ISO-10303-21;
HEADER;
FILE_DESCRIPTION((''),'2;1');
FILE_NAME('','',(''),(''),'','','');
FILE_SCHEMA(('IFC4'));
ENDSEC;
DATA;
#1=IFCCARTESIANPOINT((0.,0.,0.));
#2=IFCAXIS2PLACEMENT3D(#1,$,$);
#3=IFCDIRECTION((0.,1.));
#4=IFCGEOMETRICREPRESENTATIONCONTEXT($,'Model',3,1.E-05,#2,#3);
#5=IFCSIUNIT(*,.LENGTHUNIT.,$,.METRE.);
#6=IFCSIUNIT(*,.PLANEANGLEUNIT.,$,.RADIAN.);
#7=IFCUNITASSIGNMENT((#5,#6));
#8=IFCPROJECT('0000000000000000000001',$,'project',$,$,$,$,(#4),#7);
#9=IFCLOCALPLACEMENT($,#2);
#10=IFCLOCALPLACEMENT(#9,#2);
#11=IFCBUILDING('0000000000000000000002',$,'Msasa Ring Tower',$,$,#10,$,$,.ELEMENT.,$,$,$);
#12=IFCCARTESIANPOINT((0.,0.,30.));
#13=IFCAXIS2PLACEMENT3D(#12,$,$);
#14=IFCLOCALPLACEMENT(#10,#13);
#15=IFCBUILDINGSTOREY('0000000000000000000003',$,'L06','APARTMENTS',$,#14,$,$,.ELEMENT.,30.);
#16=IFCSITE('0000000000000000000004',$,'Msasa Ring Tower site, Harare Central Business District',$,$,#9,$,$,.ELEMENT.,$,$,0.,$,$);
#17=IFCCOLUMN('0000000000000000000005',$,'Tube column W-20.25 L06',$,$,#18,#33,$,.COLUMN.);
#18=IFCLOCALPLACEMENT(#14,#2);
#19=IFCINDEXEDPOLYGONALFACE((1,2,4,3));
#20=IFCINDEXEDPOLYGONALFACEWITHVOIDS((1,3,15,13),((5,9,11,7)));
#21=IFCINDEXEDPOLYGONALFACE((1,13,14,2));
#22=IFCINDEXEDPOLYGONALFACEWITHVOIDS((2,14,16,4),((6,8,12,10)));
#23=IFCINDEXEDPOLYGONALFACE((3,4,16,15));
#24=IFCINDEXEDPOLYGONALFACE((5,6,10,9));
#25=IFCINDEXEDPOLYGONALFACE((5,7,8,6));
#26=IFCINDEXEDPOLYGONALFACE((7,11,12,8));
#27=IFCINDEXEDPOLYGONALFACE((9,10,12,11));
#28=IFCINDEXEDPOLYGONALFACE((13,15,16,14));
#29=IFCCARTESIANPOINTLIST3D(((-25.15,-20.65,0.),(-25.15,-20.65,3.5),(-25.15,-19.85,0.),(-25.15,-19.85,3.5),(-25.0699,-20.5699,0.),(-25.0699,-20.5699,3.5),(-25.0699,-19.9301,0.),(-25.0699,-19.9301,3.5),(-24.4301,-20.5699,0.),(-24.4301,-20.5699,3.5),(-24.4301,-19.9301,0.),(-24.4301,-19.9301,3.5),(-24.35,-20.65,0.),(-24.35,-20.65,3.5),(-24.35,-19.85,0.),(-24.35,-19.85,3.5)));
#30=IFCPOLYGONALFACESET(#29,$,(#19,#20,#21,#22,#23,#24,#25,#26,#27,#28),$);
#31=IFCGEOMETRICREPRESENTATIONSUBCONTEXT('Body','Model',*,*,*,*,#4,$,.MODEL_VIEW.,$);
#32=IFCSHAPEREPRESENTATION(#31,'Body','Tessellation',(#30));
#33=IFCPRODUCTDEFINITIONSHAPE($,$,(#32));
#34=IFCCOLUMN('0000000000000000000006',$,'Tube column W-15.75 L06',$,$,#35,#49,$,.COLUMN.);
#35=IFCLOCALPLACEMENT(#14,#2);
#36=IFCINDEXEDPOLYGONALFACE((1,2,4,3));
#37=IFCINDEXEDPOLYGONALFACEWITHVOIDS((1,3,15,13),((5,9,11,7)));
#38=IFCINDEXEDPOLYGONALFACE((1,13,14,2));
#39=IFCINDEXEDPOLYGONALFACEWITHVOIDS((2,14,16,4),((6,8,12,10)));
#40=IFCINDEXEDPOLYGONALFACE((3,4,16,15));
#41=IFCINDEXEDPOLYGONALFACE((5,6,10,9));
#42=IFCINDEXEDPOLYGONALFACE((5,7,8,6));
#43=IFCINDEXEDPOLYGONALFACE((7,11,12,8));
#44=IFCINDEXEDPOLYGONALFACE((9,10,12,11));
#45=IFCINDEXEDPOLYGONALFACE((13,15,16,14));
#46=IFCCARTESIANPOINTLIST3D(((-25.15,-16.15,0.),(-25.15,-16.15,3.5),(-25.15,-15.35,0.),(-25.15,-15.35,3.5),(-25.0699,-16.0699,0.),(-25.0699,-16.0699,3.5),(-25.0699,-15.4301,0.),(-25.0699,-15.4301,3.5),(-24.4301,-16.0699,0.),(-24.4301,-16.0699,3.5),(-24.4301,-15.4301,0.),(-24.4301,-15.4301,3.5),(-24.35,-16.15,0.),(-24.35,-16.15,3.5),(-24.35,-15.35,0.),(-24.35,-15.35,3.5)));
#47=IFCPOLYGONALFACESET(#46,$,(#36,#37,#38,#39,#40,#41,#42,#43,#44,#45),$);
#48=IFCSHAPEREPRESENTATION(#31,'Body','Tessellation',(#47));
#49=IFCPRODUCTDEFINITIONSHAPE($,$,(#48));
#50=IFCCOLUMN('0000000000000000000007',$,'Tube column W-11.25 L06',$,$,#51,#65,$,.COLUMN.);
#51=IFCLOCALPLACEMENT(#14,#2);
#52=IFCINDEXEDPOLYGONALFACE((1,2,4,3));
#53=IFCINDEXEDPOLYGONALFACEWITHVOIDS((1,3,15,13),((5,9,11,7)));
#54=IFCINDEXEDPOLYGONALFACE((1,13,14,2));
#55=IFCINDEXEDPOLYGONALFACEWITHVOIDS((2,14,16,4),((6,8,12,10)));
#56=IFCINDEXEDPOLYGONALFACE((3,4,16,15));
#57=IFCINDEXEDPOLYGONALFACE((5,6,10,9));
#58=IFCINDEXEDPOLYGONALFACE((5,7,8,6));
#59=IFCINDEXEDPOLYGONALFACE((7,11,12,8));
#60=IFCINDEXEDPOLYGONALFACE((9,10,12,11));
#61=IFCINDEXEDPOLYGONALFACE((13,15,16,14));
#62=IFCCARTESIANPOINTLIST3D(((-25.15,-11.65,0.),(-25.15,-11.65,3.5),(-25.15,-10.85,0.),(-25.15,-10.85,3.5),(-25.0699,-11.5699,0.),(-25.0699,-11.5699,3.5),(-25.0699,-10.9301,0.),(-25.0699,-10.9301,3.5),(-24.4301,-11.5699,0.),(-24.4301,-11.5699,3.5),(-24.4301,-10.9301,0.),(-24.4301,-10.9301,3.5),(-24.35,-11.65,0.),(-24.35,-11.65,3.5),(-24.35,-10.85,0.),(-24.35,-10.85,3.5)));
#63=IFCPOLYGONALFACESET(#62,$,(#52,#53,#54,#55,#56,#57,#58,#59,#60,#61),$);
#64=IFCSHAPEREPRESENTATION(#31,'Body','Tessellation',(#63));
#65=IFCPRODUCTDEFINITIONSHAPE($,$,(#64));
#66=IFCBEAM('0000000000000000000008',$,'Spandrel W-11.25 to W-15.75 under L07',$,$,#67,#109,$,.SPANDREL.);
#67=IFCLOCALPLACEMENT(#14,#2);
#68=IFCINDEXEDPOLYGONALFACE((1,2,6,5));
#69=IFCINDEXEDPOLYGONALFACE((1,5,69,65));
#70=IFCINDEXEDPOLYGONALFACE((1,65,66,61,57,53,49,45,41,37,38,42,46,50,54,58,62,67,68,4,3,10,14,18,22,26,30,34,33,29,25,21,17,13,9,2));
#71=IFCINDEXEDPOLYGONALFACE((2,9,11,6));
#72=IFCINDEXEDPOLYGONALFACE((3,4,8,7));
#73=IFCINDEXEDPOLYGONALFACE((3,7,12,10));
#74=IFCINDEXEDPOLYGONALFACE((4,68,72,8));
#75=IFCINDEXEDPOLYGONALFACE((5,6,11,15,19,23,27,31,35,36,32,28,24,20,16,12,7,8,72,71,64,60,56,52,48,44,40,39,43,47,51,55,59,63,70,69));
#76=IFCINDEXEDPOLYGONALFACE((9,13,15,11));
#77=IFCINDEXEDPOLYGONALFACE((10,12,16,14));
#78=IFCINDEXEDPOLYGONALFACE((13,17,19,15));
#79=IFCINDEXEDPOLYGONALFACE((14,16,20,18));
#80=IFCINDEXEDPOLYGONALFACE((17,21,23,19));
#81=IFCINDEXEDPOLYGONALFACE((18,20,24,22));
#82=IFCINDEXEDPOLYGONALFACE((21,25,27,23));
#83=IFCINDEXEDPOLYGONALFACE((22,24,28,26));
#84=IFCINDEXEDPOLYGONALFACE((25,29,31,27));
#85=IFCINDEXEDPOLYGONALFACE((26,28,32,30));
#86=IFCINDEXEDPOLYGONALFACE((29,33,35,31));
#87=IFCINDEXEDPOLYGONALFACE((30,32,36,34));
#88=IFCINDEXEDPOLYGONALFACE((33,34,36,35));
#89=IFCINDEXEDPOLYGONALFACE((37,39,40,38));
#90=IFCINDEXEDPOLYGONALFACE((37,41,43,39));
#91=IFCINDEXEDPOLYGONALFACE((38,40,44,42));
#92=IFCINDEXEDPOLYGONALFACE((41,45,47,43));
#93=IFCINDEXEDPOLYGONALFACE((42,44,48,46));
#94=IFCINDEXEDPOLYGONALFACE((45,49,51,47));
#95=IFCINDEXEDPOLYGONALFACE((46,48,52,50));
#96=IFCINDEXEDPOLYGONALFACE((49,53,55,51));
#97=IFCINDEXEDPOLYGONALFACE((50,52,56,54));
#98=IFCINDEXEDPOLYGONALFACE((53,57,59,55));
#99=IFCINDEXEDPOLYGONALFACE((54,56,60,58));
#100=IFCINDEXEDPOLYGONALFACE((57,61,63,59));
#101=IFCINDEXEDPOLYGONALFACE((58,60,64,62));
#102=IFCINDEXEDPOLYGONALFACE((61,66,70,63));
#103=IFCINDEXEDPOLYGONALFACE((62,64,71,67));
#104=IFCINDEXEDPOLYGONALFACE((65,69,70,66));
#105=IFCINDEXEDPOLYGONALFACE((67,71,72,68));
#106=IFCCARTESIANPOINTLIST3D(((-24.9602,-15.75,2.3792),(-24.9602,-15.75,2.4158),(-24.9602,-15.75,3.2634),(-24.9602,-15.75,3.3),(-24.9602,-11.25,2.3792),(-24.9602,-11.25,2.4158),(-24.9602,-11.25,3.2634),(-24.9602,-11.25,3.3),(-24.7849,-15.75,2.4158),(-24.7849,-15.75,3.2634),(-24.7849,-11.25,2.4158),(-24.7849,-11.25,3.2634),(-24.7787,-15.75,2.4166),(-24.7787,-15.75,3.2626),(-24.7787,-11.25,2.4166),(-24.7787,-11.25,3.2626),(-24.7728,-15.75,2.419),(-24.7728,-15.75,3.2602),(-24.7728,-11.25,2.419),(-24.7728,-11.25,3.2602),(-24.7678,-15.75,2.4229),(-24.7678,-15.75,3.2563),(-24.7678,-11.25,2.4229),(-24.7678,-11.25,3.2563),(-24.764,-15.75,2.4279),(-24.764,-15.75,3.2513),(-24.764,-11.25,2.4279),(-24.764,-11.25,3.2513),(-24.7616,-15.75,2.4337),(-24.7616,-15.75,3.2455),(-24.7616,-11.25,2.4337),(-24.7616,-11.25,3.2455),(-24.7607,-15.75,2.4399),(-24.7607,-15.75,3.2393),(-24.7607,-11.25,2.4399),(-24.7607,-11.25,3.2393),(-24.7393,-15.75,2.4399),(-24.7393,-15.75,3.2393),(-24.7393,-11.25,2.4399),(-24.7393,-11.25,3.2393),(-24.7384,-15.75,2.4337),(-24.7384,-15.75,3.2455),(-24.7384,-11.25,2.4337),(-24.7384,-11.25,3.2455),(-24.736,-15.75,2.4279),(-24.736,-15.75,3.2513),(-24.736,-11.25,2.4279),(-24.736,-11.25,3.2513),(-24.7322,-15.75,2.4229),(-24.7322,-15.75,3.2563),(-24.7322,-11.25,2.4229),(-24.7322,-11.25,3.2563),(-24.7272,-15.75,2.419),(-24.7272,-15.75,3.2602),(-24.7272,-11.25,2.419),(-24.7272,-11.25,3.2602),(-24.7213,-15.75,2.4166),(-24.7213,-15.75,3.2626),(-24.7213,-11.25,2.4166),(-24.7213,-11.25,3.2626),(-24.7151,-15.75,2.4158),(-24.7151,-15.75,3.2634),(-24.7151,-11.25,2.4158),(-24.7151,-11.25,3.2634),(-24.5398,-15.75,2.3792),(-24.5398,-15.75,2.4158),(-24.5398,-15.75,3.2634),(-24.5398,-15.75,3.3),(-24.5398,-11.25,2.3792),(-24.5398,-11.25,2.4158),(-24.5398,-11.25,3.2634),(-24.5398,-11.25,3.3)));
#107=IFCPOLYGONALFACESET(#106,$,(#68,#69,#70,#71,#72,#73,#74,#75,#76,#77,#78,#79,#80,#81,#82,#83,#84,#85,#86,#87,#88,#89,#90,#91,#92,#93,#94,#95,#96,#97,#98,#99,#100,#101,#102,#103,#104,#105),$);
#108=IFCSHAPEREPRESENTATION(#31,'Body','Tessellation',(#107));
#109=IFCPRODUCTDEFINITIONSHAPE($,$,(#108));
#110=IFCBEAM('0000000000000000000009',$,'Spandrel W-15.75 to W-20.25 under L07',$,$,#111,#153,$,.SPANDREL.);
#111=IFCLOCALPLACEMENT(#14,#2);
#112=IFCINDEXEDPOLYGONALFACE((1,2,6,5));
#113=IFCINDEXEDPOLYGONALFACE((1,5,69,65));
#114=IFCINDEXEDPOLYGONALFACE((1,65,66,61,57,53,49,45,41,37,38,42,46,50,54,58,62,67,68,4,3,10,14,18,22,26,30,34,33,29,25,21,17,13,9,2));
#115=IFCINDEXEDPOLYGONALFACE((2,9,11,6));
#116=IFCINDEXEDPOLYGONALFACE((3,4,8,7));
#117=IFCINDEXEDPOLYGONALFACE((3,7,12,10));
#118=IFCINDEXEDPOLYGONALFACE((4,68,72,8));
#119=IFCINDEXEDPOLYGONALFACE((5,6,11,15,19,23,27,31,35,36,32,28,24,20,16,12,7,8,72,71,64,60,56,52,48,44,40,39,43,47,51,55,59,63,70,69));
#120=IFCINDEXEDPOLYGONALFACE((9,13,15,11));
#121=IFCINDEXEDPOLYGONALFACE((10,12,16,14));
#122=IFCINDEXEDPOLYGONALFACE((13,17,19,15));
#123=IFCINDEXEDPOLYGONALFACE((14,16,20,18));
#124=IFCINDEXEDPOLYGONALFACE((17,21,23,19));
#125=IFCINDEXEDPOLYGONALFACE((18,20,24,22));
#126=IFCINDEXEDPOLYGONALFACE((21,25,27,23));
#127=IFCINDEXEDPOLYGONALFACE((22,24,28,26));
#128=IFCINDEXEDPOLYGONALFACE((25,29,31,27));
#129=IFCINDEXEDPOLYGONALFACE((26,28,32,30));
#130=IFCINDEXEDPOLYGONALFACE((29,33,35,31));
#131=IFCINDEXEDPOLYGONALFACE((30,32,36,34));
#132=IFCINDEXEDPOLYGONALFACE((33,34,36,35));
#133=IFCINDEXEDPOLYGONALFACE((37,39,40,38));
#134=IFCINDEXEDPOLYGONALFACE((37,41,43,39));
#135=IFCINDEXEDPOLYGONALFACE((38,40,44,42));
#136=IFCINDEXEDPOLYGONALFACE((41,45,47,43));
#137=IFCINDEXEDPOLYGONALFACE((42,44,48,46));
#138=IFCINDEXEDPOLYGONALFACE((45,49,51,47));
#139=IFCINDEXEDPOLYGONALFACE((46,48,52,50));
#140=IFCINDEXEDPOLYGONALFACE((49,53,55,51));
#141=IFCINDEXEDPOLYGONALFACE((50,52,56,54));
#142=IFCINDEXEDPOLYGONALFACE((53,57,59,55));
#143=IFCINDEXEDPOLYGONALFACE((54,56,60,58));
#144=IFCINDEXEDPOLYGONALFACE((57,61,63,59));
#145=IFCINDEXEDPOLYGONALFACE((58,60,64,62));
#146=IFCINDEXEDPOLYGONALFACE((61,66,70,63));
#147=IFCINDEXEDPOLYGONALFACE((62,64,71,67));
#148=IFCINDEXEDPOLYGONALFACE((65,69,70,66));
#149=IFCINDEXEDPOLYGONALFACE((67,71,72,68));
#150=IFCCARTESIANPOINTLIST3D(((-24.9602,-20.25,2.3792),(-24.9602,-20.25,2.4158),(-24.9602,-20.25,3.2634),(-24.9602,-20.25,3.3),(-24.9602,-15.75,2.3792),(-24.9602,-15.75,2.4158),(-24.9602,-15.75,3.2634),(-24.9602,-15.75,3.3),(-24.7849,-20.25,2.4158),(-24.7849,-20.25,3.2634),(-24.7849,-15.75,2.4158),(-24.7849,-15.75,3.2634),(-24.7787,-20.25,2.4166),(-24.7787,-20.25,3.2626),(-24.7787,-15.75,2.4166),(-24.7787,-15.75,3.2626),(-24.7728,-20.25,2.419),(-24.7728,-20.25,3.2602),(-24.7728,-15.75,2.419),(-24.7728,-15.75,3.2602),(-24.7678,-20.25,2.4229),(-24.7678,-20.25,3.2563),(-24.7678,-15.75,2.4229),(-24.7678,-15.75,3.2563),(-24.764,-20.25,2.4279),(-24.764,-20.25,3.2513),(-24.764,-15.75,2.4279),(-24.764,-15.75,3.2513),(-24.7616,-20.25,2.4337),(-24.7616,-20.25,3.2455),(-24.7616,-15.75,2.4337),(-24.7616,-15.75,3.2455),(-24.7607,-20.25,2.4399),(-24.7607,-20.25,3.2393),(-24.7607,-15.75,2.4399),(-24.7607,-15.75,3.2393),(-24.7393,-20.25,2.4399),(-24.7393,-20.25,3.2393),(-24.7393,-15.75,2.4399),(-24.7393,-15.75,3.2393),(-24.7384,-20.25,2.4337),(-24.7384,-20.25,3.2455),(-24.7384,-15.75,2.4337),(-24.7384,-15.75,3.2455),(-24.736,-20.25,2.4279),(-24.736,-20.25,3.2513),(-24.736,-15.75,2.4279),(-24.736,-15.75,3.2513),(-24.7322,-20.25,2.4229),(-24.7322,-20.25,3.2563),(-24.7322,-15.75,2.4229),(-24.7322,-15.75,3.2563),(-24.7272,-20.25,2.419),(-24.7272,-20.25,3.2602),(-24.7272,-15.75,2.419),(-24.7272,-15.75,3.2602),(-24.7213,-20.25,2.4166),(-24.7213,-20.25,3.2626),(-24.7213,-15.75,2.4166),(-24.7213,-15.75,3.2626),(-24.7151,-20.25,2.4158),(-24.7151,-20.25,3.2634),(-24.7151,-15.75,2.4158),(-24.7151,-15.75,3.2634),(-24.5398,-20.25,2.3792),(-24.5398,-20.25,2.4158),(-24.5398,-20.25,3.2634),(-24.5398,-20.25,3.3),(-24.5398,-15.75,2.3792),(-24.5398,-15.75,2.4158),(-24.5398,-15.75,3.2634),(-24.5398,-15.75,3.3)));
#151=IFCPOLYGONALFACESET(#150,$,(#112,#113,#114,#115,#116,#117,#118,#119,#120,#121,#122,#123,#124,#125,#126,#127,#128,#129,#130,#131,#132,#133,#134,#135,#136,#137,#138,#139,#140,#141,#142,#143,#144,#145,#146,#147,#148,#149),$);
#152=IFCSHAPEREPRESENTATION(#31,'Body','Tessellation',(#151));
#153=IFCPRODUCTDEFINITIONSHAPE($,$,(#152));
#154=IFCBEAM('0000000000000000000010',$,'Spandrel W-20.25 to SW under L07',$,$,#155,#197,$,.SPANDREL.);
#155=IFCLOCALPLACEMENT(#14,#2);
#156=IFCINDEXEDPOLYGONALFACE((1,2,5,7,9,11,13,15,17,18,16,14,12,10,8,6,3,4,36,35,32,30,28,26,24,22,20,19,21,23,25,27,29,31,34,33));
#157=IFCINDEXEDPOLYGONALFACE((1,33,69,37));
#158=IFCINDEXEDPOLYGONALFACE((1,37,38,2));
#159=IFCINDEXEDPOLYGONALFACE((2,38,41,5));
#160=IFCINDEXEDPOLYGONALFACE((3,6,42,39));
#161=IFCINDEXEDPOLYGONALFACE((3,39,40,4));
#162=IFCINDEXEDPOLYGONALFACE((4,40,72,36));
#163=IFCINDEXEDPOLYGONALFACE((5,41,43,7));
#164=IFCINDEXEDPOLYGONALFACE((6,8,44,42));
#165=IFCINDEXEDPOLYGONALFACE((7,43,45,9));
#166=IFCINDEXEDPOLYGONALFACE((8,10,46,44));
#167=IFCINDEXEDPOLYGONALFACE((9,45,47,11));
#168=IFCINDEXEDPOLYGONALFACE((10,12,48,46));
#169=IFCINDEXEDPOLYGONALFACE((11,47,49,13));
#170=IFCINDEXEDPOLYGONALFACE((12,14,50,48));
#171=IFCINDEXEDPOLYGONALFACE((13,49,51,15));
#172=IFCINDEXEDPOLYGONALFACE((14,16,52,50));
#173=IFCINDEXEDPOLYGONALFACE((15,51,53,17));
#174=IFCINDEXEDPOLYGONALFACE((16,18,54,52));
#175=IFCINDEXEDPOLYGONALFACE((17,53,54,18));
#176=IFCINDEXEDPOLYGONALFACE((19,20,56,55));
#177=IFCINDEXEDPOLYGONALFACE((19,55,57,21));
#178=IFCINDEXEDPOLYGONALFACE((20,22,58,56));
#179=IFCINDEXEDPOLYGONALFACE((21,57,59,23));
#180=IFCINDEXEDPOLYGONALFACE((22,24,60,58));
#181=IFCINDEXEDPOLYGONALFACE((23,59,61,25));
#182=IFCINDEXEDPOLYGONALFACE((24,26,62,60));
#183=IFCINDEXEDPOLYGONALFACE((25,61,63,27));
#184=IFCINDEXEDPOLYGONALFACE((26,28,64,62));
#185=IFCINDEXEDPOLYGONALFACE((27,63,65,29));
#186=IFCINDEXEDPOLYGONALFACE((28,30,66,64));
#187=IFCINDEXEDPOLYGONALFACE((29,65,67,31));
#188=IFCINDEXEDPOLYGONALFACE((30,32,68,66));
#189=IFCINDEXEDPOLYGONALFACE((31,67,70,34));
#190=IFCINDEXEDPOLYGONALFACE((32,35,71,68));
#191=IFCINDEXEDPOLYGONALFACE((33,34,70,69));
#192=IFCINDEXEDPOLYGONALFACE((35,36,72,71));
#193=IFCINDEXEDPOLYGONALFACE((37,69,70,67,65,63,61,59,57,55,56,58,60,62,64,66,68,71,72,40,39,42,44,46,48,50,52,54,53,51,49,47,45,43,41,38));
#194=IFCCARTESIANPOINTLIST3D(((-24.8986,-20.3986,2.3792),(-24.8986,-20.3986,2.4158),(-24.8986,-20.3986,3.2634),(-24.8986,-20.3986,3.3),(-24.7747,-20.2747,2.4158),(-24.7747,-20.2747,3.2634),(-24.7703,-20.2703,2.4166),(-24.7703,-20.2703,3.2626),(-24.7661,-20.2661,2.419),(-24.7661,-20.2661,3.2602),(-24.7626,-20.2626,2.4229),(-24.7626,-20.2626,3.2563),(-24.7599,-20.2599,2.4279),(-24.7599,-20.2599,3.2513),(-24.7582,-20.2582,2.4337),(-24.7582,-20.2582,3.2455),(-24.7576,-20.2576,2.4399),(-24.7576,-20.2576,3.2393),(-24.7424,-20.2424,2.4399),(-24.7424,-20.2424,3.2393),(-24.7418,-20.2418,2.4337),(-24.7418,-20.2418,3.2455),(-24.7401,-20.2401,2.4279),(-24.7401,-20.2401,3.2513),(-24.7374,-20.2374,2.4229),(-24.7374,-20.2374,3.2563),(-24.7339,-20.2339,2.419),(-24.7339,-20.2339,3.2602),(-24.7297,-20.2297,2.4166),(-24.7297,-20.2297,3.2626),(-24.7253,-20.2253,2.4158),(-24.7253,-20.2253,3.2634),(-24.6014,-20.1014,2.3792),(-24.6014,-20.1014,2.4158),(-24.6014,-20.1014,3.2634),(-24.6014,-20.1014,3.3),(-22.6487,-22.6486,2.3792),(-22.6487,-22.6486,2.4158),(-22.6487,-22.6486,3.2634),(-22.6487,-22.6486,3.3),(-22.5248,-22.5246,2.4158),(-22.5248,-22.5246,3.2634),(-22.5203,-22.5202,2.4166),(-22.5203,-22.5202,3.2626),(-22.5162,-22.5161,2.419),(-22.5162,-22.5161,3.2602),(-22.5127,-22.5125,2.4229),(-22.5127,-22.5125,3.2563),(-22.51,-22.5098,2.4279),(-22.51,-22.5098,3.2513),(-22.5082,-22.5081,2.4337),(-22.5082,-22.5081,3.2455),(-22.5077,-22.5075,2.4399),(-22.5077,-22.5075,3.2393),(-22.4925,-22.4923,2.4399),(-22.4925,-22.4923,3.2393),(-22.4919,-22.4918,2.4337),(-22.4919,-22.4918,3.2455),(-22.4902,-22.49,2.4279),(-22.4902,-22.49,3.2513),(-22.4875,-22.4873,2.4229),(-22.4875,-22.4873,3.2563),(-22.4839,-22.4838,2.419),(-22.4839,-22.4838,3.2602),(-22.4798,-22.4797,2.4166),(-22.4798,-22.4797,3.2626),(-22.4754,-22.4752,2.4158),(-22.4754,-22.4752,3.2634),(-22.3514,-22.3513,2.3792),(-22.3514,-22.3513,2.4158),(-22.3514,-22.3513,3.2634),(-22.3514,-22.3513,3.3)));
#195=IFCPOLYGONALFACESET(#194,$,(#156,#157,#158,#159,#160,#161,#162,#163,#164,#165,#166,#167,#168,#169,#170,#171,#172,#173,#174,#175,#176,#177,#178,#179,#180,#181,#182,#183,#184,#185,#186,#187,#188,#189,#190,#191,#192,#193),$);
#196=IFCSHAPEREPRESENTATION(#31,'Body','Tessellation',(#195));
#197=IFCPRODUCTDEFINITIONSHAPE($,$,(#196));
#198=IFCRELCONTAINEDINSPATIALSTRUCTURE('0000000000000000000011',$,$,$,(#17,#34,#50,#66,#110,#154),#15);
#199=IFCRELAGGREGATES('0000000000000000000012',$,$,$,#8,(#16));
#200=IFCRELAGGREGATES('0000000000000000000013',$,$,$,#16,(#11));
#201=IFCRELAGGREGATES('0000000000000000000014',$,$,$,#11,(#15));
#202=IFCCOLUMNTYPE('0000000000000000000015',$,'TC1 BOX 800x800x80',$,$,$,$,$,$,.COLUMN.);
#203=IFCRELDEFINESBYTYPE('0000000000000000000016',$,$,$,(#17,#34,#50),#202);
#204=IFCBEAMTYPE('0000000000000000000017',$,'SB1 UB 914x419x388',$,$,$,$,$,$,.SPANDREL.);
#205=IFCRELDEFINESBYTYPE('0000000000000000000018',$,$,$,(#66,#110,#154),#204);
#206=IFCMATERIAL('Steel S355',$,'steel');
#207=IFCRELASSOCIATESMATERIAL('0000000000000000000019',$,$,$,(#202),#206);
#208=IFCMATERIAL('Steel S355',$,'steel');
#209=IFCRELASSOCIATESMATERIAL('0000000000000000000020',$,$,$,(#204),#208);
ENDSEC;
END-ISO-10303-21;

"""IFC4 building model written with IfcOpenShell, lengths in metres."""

from ifc_helpers import new_model, si_unit, direction, frame, origin, origin_2d, place, context, subcontext, project, spatial, hollow_rectangle, i_section, extrude, material, material_profile, profile_set, type_object, element, save


model = new_model("IFC4")

# Units and contexts
model_context = context("Model", 3, precision=1e-05, world=origin(), true_north=direction((0.0, 1.0)))
body_context = subcontext(model_context, "Body", "Model", "MODEL_VIEW")
ifc_project = project(units=[si_unit("LENGTHUNIT", "METRE"), si_unit("PLANEANGLEUNIT", "RADIAN")], contexts=[model_context])

# Site, building, storey
site_placement = place(None, origin())
site = spatial("IfcSite", under=ifc_project, at=site_placement, Name="Msasa Ring Tower site, Harare Central Business District", CompositionType="ELEMENT", RefElevation=0.0)
building_placement = place(site_placement, origin())
building = spatial("IfcBuilding", under=site, at=building_placement, Name="Msasa Ring Tower", CompositionType="ELEMENT")
storey_placement = place(building_placement, frame((0.0, 0.0, 30.0)))
storey = spatial("IfcBuildingStorey", under=building, at=storey_placement, Name="L06", Description="APARTMENTS", CompositionType="ELEMENT", Elevation=30.0)

# Columns
ifc_material_1 = material(Name="Steel S355", Category="steel")
ifc_material_profile_1 = material_profile(ifc_material_1, hollow_rectangle(XDim=0.8, YDim=0.8, WallThickness=0.0801, at=origin_2d()), Name="BOX 800x800x80")
ifc_profile_set_1 = profile_set([ifc_material_profile_1], Name="Steel S355")
column_type = type_object("IfcColumnType", Name="TC1 BOX 800x800x80", PredefinedType="COLUMN", material=ifc_profile_set_1)
for number, where, z_axis, x_axis, name in (
    (1, (-24.75, -20.25, 0.0), (0.0, 0.0, 1.0), (1.0, 0.0, 0.0), "Tube column W-20.25 L06"),
    (2, (-24.75, -15.75, 0.0), (0.0, 0.0, 1.0), (1.0, 0.0, 0.0), "Tube column W-15.75 L06"),
    (3, (-24.75, -11.25, 0.0), (0.0, 0.0, 1.0), (1.0, 0.0, 0.0), "Tube column W-11.25 L06"),
):
    element("IfcColumn", number, at=place(storey_placement, frame(where, z_axis=z_axis, x_axis=x_axis)), inside=storey, type_object=column_type, Name=name, PredefinedType="COLUMN", context=body_context, shape_type="SweptSolid", body=[
        extrude(hollow_rectangle(XDim=0.8, YDim=0.8, WallThickness=0.0801, at=origin_2d()), origin(), (0.0, 0.0, 1.0), 3.5),
    ])

# Beams
ifc_material_2 = material(Name="Steel S355", Category="steel")
ifc_material_profile_2 = material_profile(ifc_material_2, i_section(OverallWidth=0.4204, OverallDepth=0.9209, WebThickness=0.0215, FlangeThickness=0.0366, FilletRadius=0.0242, at=origin_2d()), Name="UB 914x419x388")
ifc_profile_set_2 = profile_set([ifc_material_profile_2], Name="Steel S355")
beam_type = type_object("IfcBeamType", Name="SB1 UB 914x419x388", PredefinedType="SPANDREL", material=ifc_profile_set_2)
for number, where, z_axis, x_axis, name in (
    (4, (-24.75, -11.25, 2.8396), (0.0, -1.0, 0.0), (1.0, 0.0, 0.0), "Spandrel W-11.25 to W-15.75 under L07"),
    (5, (-24.75, -15.75, 2.8396), (0.0, -1.0, 0.0), (1.0, 0.0, 0.0), "Spandrel W-15.75 to W-20.25 under L07"),
):
    element("IfcBeam", number, at=place(storey_placement, frame(where, z_axis=z_axis, x_axis=x_axis)), inside=storey, type_object=beam_type, Name=name, PredefinedType="SPANDREL", context=body_context, shape_type="SweptSolid", body=[
        extrude(i_section(OverallWidth=0.4204, OverallDepth=0.9209, WebThickness=0.0215, FlangeThickness=0.0366, FilletRadius=0.0242, at=origin_2d()), origin(), (0.0, 0.0, 1.0), 4.5),
    ])
beam_placement = place(storey_placement, frame((-24.75, -20.25, 2.8396), z_axis=(0.707107, -0.707107, 0.0), x_axis=(0.707107, 0.707107, 0.0)))
element("IfcBeam", 6, at=beam_placement, inside=storey, type_object=beam_type, Name="Spandrel W-20.25 to SW under L07", PredefinedType="SPANDREL", context=body_context, shape_type="SweptSolid", body=[
    extrude(i_section(OverallWidth=0.4204, OverallDepth=0.9209, WebThickness=0.0215, FlangeThickness=0.0366, FilletRadius=0.0242, at=origin_2d()), origin(), (0.0, 0.0, 1.0), 3.1819),
])

save(model, "model.ifc")
